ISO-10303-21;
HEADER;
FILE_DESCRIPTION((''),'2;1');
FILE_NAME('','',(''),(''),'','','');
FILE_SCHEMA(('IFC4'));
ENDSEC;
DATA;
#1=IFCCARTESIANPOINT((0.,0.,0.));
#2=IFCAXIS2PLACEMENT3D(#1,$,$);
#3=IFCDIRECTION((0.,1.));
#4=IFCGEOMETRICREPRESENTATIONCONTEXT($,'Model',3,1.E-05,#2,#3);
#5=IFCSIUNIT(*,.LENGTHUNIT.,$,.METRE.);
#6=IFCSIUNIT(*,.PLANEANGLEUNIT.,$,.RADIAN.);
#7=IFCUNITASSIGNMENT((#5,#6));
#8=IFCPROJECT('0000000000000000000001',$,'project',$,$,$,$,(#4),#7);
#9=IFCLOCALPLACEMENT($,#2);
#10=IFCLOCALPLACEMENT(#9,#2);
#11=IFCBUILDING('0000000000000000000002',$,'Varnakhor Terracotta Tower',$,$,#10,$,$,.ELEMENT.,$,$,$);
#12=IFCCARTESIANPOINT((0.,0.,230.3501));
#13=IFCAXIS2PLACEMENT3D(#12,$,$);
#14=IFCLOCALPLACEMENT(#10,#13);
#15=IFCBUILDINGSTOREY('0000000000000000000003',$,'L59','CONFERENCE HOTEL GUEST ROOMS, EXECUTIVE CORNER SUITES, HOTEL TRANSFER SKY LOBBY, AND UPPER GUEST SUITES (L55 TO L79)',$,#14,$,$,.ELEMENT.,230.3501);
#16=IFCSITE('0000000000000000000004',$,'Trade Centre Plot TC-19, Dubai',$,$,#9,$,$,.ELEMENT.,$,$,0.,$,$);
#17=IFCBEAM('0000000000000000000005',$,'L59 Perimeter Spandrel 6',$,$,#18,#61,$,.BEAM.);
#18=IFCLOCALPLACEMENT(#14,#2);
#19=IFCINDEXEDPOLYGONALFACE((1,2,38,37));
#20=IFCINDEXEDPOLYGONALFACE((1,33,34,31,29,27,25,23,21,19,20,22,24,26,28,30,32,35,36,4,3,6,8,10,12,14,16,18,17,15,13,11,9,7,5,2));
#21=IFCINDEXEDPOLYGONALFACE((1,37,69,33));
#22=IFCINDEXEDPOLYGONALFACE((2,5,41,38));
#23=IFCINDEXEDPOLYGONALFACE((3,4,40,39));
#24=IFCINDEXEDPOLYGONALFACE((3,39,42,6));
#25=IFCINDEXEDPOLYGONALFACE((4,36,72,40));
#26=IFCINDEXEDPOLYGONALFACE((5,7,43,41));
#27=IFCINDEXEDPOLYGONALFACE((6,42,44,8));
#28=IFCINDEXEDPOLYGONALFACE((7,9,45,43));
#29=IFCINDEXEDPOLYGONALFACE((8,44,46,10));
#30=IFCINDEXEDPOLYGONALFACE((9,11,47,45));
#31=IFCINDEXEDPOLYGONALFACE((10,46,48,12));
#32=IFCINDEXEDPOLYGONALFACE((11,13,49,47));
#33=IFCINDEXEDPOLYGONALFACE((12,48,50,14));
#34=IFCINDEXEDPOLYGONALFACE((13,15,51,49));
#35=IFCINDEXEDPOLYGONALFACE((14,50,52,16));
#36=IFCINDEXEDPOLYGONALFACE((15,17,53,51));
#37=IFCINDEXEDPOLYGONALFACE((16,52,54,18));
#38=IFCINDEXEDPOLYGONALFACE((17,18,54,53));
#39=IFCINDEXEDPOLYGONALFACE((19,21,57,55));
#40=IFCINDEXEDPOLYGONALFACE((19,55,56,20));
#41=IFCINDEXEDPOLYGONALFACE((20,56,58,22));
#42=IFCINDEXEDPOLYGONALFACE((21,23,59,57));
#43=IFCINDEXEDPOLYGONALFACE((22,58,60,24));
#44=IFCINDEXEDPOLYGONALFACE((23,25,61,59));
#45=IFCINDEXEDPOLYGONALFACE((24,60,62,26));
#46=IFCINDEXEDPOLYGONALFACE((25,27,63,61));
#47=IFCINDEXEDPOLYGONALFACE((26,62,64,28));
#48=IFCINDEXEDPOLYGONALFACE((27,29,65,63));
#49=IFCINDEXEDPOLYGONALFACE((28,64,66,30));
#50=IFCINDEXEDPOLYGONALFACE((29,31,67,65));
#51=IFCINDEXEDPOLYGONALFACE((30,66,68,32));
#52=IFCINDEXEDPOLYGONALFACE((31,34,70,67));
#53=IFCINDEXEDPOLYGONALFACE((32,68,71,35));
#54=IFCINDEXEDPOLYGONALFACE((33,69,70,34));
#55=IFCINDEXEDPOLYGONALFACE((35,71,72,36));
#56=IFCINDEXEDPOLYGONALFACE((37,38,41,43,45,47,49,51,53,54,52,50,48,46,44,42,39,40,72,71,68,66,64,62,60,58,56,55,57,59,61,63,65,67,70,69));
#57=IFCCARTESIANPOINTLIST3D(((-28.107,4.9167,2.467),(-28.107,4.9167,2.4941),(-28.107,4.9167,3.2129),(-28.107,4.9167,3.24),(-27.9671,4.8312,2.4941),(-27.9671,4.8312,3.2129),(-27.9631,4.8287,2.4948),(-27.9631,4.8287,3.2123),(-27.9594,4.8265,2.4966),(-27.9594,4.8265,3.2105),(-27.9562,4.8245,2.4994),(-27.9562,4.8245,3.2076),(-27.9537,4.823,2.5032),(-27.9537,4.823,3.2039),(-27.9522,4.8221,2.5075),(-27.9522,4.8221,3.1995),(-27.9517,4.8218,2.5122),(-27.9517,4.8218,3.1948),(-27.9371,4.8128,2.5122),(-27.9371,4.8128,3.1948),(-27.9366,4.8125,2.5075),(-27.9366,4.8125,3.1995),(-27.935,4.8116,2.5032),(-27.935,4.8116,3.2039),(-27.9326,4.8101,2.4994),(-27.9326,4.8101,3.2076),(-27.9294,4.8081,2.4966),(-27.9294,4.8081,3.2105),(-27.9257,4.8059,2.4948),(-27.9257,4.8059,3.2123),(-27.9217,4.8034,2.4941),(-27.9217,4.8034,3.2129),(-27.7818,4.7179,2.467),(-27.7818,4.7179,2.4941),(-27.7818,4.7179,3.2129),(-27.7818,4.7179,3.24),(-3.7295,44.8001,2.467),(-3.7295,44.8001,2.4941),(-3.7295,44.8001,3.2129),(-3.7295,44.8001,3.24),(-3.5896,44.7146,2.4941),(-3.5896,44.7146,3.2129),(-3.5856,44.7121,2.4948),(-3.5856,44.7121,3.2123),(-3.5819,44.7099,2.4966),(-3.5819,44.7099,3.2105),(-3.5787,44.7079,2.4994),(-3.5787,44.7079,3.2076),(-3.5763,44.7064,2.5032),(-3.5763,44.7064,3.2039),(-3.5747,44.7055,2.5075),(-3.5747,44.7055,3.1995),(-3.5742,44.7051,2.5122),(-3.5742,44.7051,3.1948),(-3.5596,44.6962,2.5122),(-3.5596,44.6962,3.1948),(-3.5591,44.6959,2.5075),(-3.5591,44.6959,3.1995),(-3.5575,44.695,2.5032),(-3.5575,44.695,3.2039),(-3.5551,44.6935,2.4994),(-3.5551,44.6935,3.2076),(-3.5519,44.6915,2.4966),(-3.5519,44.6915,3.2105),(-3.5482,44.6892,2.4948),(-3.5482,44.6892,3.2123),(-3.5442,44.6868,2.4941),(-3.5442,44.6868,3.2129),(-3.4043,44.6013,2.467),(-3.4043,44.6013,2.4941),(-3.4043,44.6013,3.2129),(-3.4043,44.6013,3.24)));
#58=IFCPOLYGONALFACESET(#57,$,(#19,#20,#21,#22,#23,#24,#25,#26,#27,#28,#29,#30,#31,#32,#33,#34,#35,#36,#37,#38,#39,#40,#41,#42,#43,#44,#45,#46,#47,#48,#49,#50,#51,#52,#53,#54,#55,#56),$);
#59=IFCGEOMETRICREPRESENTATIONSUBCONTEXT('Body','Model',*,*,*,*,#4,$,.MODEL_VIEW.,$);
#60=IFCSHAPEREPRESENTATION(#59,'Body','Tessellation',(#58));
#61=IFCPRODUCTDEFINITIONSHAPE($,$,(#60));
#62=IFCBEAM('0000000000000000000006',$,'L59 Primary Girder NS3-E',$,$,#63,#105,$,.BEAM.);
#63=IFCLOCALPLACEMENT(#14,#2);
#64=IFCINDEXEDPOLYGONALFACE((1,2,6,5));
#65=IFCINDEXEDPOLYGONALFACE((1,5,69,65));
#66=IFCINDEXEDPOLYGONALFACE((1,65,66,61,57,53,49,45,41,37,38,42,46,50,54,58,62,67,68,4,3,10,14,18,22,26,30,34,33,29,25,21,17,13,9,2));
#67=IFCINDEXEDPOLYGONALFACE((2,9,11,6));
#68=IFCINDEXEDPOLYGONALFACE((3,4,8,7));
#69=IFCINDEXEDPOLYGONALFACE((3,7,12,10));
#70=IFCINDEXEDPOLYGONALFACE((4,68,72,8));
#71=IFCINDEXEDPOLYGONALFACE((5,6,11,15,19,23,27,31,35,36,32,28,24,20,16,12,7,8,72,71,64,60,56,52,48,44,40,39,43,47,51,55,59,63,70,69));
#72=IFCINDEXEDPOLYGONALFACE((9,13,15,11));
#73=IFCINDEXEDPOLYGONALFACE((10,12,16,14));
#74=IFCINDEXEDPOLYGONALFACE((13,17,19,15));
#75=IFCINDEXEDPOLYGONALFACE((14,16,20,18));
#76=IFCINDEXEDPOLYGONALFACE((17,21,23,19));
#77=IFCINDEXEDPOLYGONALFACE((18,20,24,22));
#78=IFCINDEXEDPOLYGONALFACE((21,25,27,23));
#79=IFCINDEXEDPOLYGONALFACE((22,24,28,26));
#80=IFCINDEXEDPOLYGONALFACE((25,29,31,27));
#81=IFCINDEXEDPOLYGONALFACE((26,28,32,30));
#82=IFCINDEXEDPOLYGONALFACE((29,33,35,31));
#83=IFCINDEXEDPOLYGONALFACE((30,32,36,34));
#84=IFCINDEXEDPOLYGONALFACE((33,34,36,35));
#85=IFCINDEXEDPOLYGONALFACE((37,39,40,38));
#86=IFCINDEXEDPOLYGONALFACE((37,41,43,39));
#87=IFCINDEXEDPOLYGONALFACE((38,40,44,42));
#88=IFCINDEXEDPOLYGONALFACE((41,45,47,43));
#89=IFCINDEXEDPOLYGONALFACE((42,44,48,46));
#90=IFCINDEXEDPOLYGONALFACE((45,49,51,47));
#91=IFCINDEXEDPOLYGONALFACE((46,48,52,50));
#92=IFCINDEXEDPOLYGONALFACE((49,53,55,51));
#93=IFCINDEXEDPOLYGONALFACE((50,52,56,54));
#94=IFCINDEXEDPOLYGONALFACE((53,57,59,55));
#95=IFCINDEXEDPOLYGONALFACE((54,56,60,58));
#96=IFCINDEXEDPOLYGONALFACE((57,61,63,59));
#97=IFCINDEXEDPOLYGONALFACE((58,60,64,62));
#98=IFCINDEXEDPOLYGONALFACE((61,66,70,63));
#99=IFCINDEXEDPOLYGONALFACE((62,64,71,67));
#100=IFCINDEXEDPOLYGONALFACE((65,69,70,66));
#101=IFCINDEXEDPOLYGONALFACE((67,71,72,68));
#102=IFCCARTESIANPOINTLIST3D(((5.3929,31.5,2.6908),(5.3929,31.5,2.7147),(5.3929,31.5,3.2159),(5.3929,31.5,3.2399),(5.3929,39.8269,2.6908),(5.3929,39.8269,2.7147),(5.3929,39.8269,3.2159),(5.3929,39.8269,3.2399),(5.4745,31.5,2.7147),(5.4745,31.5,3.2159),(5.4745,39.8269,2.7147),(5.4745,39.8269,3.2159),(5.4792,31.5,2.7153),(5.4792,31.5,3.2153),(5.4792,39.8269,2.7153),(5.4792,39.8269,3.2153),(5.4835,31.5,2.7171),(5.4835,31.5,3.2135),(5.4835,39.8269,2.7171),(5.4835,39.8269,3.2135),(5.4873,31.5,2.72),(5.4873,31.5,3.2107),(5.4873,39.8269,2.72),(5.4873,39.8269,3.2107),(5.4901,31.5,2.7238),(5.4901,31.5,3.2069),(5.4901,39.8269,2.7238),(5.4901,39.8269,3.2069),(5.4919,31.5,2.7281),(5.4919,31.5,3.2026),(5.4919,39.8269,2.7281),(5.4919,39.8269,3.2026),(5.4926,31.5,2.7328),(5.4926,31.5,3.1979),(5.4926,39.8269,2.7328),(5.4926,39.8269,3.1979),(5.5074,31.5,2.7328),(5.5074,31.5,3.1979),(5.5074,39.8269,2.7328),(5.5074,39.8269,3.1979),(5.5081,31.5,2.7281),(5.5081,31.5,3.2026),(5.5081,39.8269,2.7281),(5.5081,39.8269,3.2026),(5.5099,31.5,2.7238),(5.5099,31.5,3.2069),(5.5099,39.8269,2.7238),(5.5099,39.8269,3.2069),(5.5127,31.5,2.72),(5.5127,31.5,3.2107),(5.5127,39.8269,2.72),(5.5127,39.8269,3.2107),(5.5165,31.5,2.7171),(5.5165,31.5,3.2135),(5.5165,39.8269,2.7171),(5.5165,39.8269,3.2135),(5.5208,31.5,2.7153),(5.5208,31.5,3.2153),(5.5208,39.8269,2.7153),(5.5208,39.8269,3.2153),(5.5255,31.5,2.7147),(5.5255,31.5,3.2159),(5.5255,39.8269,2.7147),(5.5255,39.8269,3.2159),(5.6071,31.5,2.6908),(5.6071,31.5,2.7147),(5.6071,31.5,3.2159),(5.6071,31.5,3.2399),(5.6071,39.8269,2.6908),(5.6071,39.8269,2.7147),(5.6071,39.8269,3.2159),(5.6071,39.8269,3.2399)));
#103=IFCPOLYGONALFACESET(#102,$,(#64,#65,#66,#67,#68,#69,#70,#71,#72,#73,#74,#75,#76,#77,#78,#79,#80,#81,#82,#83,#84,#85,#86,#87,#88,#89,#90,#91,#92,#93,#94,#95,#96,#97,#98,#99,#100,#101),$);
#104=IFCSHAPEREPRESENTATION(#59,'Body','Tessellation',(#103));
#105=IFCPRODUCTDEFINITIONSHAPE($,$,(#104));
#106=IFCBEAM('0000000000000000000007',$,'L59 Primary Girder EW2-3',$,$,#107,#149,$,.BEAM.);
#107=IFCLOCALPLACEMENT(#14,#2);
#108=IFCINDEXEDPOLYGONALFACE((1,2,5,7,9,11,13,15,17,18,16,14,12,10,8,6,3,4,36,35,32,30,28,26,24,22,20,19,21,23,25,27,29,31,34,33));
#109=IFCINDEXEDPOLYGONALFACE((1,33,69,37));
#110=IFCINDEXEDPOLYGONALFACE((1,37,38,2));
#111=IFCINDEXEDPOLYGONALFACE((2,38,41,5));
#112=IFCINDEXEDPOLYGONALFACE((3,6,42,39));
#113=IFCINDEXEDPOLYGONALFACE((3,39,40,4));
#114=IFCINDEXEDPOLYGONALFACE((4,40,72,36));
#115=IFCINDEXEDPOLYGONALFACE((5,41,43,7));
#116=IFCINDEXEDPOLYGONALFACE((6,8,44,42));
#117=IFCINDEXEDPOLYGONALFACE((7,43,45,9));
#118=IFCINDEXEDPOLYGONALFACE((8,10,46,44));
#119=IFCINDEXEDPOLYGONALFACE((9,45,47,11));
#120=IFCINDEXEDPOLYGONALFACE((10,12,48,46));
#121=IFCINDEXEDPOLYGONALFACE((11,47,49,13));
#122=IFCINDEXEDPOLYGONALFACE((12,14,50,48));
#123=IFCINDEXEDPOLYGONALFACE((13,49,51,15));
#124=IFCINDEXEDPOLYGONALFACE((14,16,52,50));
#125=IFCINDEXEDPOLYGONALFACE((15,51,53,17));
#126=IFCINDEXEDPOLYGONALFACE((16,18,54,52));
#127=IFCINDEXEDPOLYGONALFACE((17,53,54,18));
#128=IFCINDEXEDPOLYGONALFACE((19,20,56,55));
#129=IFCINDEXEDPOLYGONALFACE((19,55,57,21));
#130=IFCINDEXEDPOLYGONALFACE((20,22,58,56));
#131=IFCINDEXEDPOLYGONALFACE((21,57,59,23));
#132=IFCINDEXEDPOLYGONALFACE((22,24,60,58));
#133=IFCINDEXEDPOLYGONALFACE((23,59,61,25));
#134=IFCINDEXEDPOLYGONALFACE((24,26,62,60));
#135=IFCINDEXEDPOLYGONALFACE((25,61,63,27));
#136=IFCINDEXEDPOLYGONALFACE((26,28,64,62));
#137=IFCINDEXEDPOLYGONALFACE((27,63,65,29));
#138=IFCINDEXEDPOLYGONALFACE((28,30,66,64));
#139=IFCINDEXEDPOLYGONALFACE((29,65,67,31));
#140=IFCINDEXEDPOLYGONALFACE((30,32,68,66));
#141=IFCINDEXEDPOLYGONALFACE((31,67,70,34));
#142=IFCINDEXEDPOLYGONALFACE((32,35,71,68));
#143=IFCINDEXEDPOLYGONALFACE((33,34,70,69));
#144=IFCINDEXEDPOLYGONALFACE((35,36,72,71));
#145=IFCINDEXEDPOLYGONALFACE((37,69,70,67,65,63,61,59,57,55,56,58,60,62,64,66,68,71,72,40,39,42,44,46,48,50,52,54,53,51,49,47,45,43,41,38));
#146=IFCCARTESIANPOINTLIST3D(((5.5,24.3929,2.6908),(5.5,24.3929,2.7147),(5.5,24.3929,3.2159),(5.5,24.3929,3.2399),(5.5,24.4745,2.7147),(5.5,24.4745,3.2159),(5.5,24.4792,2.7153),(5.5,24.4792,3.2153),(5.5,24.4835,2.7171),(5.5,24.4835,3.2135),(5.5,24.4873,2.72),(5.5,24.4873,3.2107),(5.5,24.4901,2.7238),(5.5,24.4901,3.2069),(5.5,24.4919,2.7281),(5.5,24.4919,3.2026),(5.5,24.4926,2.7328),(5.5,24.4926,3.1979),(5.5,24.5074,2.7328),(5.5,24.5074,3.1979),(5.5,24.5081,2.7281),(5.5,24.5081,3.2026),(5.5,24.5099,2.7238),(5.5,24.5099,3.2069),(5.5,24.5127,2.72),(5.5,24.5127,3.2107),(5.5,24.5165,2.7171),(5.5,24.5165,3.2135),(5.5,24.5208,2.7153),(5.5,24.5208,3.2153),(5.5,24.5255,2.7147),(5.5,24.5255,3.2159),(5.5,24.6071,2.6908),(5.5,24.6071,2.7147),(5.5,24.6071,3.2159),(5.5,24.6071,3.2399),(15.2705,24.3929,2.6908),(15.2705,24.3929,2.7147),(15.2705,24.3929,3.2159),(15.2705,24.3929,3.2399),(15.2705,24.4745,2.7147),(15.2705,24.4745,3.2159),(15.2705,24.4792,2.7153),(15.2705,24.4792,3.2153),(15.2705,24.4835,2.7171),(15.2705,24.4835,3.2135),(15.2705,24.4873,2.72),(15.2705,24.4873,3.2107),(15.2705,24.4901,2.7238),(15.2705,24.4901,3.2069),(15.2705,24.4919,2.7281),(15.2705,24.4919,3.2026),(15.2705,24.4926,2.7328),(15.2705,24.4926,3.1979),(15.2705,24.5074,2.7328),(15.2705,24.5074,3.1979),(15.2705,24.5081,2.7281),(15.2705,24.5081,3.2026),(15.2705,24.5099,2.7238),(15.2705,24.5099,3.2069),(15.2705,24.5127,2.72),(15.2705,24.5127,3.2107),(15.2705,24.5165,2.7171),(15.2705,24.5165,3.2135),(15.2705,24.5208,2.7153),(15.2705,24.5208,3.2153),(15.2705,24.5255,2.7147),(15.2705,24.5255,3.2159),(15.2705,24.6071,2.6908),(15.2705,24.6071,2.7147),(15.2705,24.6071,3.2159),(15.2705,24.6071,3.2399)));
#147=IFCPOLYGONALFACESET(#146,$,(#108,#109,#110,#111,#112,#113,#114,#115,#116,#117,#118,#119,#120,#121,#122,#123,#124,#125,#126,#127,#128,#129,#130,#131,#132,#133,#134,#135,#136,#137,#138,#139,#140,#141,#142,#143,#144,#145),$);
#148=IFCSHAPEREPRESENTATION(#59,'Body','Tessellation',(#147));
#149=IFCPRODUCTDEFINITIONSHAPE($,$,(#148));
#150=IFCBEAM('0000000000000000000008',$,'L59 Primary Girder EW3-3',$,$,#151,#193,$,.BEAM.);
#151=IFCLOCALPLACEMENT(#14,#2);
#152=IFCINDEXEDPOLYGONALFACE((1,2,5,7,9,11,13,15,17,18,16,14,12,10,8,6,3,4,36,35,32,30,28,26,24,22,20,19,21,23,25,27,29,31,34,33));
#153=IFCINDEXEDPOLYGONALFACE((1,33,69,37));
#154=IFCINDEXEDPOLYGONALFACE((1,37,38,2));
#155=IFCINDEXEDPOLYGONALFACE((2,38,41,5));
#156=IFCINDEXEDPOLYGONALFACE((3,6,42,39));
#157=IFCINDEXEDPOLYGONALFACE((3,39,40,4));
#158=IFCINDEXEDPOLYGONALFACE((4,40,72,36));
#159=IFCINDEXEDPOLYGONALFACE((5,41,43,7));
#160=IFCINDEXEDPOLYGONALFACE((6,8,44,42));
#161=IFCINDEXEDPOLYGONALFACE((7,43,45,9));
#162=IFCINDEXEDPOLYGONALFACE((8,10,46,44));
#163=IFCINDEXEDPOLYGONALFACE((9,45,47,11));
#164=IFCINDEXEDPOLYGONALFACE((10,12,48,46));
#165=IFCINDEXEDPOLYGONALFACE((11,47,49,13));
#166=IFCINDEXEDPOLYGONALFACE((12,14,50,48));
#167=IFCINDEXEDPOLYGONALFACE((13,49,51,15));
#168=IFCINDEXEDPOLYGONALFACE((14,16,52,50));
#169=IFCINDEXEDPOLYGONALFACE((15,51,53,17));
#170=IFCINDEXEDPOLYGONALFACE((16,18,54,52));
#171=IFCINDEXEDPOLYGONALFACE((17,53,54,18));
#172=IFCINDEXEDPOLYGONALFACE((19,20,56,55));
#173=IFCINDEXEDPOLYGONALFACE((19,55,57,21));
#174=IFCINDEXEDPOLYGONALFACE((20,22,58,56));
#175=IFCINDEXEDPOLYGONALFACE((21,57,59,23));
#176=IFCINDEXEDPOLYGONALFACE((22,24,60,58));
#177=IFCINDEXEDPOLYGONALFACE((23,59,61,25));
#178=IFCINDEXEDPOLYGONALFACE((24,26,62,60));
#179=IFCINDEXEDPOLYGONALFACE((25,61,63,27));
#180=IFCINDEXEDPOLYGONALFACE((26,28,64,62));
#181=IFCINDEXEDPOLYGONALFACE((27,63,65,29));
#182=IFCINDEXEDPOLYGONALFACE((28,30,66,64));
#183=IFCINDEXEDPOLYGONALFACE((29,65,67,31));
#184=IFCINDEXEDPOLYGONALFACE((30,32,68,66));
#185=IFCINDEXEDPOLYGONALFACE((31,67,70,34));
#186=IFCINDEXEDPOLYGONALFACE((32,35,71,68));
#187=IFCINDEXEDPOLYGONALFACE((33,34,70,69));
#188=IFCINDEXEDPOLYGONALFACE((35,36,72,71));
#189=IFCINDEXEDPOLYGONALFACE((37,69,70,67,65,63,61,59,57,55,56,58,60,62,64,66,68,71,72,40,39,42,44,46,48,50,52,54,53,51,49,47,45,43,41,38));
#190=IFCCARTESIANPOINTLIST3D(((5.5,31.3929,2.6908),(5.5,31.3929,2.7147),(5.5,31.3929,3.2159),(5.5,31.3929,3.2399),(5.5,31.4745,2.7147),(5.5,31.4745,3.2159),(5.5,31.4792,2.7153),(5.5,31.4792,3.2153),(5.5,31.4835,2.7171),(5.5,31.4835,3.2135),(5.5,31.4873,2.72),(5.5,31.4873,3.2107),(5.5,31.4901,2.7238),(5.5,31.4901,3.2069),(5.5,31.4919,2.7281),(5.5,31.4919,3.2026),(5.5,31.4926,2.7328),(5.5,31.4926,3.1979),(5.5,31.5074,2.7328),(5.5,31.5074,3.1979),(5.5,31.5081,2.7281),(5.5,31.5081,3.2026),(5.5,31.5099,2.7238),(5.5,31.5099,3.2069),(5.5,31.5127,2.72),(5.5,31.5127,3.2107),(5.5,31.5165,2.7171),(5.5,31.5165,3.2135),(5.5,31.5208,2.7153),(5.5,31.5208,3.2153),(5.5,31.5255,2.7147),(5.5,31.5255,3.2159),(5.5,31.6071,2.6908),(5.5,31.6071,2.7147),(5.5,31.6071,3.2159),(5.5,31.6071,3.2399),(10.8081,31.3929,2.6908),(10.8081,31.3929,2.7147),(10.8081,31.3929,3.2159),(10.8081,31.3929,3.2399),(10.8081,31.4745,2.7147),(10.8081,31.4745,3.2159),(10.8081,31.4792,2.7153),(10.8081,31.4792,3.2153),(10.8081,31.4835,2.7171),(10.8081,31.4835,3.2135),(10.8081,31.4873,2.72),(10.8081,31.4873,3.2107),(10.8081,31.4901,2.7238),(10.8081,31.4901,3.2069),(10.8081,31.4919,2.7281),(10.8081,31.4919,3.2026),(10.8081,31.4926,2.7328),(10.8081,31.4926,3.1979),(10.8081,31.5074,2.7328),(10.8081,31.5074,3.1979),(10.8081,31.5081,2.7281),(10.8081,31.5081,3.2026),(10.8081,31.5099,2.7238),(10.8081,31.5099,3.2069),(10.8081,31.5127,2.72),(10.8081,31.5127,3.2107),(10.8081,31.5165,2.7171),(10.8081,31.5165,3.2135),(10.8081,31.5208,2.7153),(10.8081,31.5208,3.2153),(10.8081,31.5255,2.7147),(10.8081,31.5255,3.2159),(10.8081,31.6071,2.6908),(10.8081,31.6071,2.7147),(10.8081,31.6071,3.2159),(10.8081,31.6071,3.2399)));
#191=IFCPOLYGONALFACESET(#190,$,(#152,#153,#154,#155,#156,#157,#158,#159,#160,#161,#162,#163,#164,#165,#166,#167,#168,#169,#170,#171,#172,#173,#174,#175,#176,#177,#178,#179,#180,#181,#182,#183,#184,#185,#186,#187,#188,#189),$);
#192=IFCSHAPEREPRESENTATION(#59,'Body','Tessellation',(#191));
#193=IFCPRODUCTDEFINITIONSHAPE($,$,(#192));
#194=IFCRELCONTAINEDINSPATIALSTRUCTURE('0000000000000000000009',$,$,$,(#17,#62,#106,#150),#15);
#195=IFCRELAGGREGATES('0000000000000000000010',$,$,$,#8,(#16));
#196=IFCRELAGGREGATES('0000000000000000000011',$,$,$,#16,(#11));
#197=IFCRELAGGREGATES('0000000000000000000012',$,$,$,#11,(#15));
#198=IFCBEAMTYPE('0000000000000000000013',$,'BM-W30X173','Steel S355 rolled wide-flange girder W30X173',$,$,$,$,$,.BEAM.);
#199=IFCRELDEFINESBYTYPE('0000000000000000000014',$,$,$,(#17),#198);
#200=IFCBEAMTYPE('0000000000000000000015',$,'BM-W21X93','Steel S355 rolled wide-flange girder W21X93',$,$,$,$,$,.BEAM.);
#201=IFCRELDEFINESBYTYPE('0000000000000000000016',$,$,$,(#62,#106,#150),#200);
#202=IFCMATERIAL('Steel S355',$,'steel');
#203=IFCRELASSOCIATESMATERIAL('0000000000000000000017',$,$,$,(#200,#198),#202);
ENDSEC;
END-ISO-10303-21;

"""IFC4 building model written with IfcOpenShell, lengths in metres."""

from ifc_helpers import new_model, si_unit, direction, frame, origin, origin_2d, place, context, subcontext, project, spatial, i_section, extrude, source, transform, mapped, material, material_profile, profile_set, type_object, element, save


model = new_model("IFC4")

# Units and contexts
model_context = context("Model", 3, precision=1e-05, world=origin(), true_north=direction((0.0, 1.0)))
body_context = subcontext(model_context, "Body", "Model", "MODEL_VIEW")
ifc_project = project(units=[si_unit("LENGTHUNIT", "METRE"), si_unit("PLANEANGLEUNIT", "RADIAN")], contexts=[model_context])

# Site, building, storey
site_placement = place(None, origin())
site = spatial("IfcSite", under=ifc_project, at=site_placement, Name="Trade Centre Plot TC-19, Dubai", CompositionType="ELEMENT", RefElevation=0.0)
building_placement = place(site_placement, origin())
building = spatial("IfcBuilding", under=site, at=building_placement, Name="Varnakhor Terracotta Tower", CompositionType="ELEMENT")
storey_placement = place(building_placement, frame((0.0, 0.0, 230.3501)))
storey = spatial("IfcBuildingStorey", under=building, at=storey_placement, Name="L59", Description="CONFERENCE HOTEL GUEST ROOMS, EXECUTIVE CORNER SUITES, HOTEL TRANSFER SKY LOBBY, AND UPPER GUEST SUITES (L55 TO L79)", CompositionType="ELEMENT", Elevation=230.3501)

# Beams
ifc_material_1 = material(Name="Steel S355", Category="steel")
ifc_material_profile_1 = material_profile(ifc_material_1, i_section(OverallWidth=0.2141, OverallDepth=0.5491, WebThickness=0.0149, FlangeThickness=0.0239, FilletRadius=0.0181, at=origin_2d()), Name="W21X93")
ifc_profile_set_1 = profile_set([ifc_material_profile_1], Name="Steel S355")
beam_type_1 = type_object("IfcBeamType", Name="BM-W21X93", Description="Steel S355 rolled wide-flange girder W21X93", PredefinedType="BEAM", material=ifc_profile_set_1)
ifc_material_profile_2 = material_profile(ifc_material_1, i_section(OverallWidth=0.3811, OverallDepth=0.7729, WebThickness=0.0171, FlangeThickness=0.0271, FilletRadius=0.0181, at=origin_2d()), Name="W30X173")
ifc_profile_set_2 = profile_set([ifc_material_profile_2], Name="Steel S355")
beam_type_2 = type_object("IfcBeamType", Name="BM-W30X173", Description="Steel S355 rolled wide-flange girder W30X173", PredefinedType="BEAM", material=ifc_profile_set_2)
shared_shape_1 = source(origin(), body_context, "Body", "SweptSolid", [
    extrude(i_section(OverallWidth=0.3811, OverallDepth=0.7729, WebThickness=0.0171, FlangeThickness=0.0271, FilletRadius=0.0181, at=origin_2d()), origin(), (0.0, 0.0, 1.0), 46.7434),
])
beam_1_placement = place(storey_placement, frame((-3.5669, 44.7007, 2.8535), z_axis=(-0.521517, -0.853241, 0.0), x_axis=(0.853241, -0.521517, 0.0)))
element("IfcBeam", 1, at=beam_1_placement, inside=storey, type_object=beam_type_2, Name="L59 Perimeter Spandrel 6", PredefinedType="BEAM", context=body_context, shape_type="MappedRepresentation", body=[
    mapped(shared_shape_1, transform((0.0, 0.0, 0.0), scale=1.0)),
])
shared_shape_2 = source(origin(), body_context, "Body", "SweptSolid", [
    extrude(i_section(OverallWidth=0.2141, OverallDepth=0.5491, WebThickness=0.0149, FlangeThickness=0.0239, FilletRadius=0.0181, at=origin_2d()), origin(), (0.0, 0.0, 1.0), 8.3269),
])
beam_2_placement = place(storey_placement, frame((5.5, 31.5, 2.9653), z_axis=(0.0, 1.0, 0.0), x_axis=(-1.0, 0.0, 0.0)))
element("IfcBeam", 2, at=beam_2_placement, inside=storey, type_object=beam_type_1, Name="L59 Primary Girder NS3-E", PredefinedType="BEAM", context=body_context, shape_type="MappedRepresentation", body=[
    mapped(shared_shape_2, transform((0.0, 0.0, 0.0), scale=1.0)),
])
shared_shape_3 = source(origin(), body_context, "Body", "SweptSolid", [
    extrude(i_section(OverallWidth=0.2141, OverallDepth=0.5491, WebThickness=0.0149, FlangeThickness=0.0239, FilletRadius=0.0181, at=origin_2d()), origin(), (0.0, 0.0, 1.0), 9.7705),
])
beam_3_placement = place(storey_placement, frame((5.5, 24.5, 2.9653), z_axis=(1.0, 0.0, 0.0), x_axis=(0.0, 1.0, 0.0)))
element("IfcBeam", 3, at=beam_3_placement, inside=storey, type_object=beam_type_1, Name="L59 Primary Girder EW2-3", PredefinedType="BEAM", context=body_context, shape_type="MappedRepresentation", body=[
    mapped(shared_shape_3, transform((0.0, 0.0, 0.0), scale=1.0)),
])
shared_shape_4 = source(origin(), body_context, "Body", "SweptSolid", [
    extrude(i_section(OverallWidth=0.2141, OverallDepth=0.5491, WebThickness=0.0149, FlangeThickness=0.0239, FilletRadius=0.0181, at=origin_2d()), origin(), (0.0, 0.0, 1.0), 5.3081),
])
beam_4_placement = place(storey_placement, frame((5.5, 31.5, 2.9653), z_axis=(1.0, 0.0, 0.0), x_axis=(0.0, 1.0, 0.0)))
element("IfcBeam", 4, at=beam_4_placement, inside=storey, type_object=beam_type_1, Name="L59 Primary Girder EW3-3", PredefinedType="BEAM", context=body_context, shape_type="MappedRepresentation", body=[
    mapped(shared_shape_4, transform((0.0, 0.0, 0.0), scale=1.0)),
])

save(model, "model.ifc")
